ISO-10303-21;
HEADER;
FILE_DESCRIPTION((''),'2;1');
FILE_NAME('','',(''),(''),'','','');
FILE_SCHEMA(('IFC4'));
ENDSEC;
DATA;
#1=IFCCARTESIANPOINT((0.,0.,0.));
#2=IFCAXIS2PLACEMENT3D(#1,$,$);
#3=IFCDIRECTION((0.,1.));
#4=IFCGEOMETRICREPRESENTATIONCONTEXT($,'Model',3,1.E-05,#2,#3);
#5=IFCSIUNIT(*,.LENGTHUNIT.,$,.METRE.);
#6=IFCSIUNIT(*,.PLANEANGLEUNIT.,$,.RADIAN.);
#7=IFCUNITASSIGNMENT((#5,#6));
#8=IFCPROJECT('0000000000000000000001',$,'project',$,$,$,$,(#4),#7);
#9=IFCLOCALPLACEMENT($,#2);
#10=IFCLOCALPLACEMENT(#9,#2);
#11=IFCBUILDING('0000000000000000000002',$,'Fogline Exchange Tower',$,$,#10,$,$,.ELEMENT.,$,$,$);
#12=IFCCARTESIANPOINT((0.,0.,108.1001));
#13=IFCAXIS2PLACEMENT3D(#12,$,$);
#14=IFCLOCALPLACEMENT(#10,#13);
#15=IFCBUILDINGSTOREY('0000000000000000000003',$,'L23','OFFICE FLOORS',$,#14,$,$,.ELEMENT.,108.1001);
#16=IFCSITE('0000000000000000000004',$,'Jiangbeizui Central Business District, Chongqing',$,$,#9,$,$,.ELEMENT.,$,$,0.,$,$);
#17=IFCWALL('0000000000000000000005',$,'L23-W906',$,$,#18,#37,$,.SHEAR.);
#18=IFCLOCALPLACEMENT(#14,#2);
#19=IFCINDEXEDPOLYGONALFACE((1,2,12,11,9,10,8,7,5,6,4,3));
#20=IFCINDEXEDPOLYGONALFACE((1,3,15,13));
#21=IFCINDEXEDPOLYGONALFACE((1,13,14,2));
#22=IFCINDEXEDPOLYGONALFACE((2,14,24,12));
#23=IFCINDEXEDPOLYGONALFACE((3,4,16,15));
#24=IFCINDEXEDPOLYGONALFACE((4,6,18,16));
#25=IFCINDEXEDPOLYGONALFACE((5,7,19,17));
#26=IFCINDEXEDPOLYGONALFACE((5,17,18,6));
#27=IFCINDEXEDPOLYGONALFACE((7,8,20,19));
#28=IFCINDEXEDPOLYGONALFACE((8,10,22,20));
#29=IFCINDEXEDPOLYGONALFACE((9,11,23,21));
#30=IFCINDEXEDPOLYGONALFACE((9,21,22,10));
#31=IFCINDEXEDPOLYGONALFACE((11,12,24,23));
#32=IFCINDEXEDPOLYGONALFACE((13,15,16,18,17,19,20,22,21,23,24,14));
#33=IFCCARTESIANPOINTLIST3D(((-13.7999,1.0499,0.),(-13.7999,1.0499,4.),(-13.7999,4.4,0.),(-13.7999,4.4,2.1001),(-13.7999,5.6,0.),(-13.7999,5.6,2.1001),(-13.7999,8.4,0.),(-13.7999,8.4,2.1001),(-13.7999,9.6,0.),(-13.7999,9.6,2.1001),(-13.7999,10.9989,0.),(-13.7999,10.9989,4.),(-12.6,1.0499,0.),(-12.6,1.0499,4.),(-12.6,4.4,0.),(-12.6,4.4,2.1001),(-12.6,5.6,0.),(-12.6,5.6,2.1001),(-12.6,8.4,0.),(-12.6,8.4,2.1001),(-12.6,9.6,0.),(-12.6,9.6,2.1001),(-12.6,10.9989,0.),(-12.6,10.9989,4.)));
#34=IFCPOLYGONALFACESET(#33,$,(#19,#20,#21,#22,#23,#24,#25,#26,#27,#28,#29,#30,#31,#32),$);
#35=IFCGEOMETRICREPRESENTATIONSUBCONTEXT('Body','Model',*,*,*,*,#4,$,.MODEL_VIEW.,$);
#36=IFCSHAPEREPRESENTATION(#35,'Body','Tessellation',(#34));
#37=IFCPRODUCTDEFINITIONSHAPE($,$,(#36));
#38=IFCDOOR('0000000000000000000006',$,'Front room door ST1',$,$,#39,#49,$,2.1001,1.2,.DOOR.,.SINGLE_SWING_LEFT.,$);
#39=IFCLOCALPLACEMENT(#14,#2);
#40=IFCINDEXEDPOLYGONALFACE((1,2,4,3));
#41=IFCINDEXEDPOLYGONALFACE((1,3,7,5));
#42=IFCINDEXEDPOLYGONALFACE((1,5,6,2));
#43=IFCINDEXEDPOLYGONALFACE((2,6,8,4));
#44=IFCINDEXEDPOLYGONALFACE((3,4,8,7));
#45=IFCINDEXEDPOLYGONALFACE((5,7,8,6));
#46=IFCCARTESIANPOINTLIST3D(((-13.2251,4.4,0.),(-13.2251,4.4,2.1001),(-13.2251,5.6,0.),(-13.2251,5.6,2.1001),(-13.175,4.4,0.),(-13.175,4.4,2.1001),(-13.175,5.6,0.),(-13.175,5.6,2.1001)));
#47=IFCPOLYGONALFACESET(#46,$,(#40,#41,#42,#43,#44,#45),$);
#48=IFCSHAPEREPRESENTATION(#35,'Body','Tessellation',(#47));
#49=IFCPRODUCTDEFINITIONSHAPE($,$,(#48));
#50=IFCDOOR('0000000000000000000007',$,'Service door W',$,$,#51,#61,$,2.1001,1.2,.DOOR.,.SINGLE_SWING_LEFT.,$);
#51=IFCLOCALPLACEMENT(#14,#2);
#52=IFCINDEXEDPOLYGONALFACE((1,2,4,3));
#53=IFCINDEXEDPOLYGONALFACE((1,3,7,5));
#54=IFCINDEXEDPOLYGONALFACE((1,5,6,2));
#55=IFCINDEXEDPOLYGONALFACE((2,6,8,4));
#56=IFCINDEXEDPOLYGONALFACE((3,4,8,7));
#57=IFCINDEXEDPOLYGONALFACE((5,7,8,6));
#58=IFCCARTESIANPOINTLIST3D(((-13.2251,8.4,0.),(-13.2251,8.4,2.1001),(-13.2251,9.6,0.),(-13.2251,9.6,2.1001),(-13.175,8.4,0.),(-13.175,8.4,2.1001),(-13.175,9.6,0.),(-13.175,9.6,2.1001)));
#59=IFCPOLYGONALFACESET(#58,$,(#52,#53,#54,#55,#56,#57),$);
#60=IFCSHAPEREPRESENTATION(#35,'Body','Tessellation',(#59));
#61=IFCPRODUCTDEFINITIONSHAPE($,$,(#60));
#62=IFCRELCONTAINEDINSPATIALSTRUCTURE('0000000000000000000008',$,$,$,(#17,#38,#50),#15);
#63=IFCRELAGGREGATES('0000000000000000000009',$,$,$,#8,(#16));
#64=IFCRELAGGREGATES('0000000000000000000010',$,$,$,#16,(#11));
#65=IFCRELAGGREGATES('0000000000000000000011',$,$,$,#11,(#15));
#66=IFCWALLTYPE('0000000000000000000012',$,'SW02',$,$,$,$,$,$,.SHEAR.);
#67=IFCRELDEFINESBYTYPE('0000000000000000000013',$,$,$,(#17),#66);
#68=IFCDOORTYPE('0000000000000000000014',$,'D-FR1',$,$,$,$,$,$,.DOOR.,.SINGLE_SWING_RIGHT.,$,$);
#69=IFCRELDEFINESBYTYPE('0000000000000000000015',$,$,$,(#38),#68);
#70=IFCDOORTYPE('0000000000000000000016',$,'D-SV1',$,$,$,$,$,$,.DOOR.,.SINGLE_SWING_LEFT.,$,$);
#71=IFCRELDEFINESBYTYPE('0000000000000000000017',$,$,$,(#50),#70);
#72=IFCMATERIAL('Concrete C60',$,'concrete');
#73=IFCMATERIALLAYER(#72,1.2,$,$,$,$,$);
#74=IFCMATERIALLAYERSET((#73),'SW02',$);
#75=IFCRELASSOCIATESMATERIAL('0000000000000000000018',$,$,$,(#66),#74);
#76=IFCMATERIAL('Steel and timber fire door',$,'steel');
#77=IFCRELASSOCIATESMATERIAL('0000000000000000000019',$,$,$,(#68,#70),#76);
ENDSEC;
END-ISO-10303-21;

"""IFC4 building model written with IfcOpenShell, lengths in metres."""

from ifc_helpers import new_model, si_unit, direction, frame, frame_2d, origin, place, context, subcontext, project, spatial, rectangle, extrude, material, layer, layer_set, type_object, element, fill, save


model = new_model("IFC4")

# Units and contexts
model_context = context("Model", 3, precision=1e-05, world=origin(), true_north=direction((0.0, 1.0)))
body_context = subcontext(model_context, "Body", "Model", "MODEL_VIEW")
ifc_project = project(units=[si_unit("LENGTHUNIT", "METRE"), si_unit("PLANEANGLEUNIT", "RADIAN")], contexts=[model_context])

# Site, building, storey
site_placement = place(None, origin())
site = spatial("IfcSite", under=ifc_project, at=site_placement, Name="Jiangbeizui Central Business District, Chongqing", CompositionType="ELEMENT", RefElevation=0.0)
building_placement = place(site_placement, origin())
building = spatial("IfcBuilding", under=site, at=building_placement, Name="Fogline Exchange Tower", CompositionType="ELEMENT")
storey_placement = place(building_placement, frame((0.0, 0.0, 108.1001)))
storey = spatial("IfcBuildingStorey", under=building, at=storey_placement, Name="L23", Description="OFFICE FLOORS", CompositionType="ELEMENT", Elevation=108.1001)

# Shared definitions
ifc_material_1 = material(Name="Concrete C60", Category="concrete")
ifc_layer_1 = layer(ifc_material_1, 1.2)
ifc_layer_set_1 = layer_set([ifc_layer_1], Name="SW02")
wall_type_1 = type_object("IfcWallType", Name="SW02", PredefinedType="SHEAR", material=ifc_layer_set_1)

# Wall, openings, doors
wall_1_placement = place(storey_placement, frame((-13.2, 10.999, 0.0), z_axis=(0.0, 0.0, 1.0), x_axis=(0.0, -1.0, 0.0)))
wall_1 = element("IfcWall", 1, at=wall_1_placement, inside=storey, type_object=wall_type_1, Name="L23-W906", PredefinedType="SHEAR", context=body_context, shape_type="SweptSolid", body=[
    extrude(rectangle(XDim=9.949, YDim=1.2, at=frame_2d((4.9746, 0.0))), origin(), (0.0, 0.0, 1.0), 4.0),
])
opening_1_placement = place(wall_1_placement, frame((5.3989, 0.0, 0.0)))
opening_1 = element("IfcOpeningElement", 2, at=opening_1_placement, cuts=wall_1, PredefinedType="OPENING", context=body_context, shape_type="SweptSolid", body=[
    extrude(rectangle(XDim=1.2, YDim=2.1001, at=frame_2d((0.6001, 1.05))), frame((0.0, 0.6099, 0.0), z_axis=(0.0, -1.0, 0.0), x_axis=(1.0, 0.0, 0.0)), (0.0, 0.0, 1.0), 1.22),
])
opening_2_placement = place(wall_1_placement, frame((1.3989, 0.0, 0.0)))
opening_2 = element("IfcOpeningElement", 3, at=opening_2_placement, cuts=wall_1, PredefinedType="OPENING", context=body_context, shape_type="SweptSolid", body=[
    extrude(rectangle(XDim=1.2, YDim=2.1001, at=frame_2d((0.6001, 1.05))), frame((0.0, 0.6099, 0.0), z_axis=(0.0, -1.0, 0.0), x_axis=(1.0, 0.0, 0.0)), (0.0, 0.0, 1.0), 1.22),
])
ifc_material_2 = material(Name="Steel and timber fire door", Category="steel")
door_type_1 = type_object("IfcDoorType", Name="D-FR1", OperationType="SINGLE_SWING_RIGHT", PredefinedType="DOOR", material=ifc_material_2)
door_1_placement = place(opening_1_placement, origin())
door_1 = element("IfcDoor", 4, at=door_1_placement, inside=storey, type_object=door_type_1, Name="Front room door ST1", OperationType="SINGLE_SWING_LEFT", OverallHeight=2.1001, OverallWidth=1.2, PredefinedType="DOOR", context=body_context, shape_type="SweptSolid", body=[
    extrude(rectangle(XDim=1.2, YDim=2.1001, at=frame_2d((0.6001, 1.05))), frame((0.0, 0.0249, 0.0), z_axis=(0.0, -1.0, 0.0), x_axis=(1.0, 0.0, 0.0)), (0.0, 0.0, 1.0), 0.05),
])
fill(opening_1, door_1)
door_type_2 = type_object("IfcDoorType", Name="D-SV1", OperationType="SINGLE_SWING_LEFT", PredefinedType="DOOR", material=ifc_material_2)
door_2_placement = place(opening_2_placement, origin())
door_2 = element("IfcDoor", 5, at=door_2_placement, inside=storey, type_object=door_type_2, Name="Service door W", OperationType="SINGLE_SWING_LEFT", OverallHeight=2.1001, OverallWidth=1.2, PredefinedType="DOOR", context=body_context, shape_type="SweptSolid", body=[
    extrude(rectangle(XDim=1.2, YDim=2.1001, at=frame_2d((0.6001, 1.05))), frame((0.0, 0.0249, 0.0), z_axis=(0.0, -1.0, 0.0), x_axis=(1.0, 0.0, 0.0)), (0.0, 0.0, 1.0), 0.05),
])
fill(opening_2, door_2)

save(model, "model.ifc")
